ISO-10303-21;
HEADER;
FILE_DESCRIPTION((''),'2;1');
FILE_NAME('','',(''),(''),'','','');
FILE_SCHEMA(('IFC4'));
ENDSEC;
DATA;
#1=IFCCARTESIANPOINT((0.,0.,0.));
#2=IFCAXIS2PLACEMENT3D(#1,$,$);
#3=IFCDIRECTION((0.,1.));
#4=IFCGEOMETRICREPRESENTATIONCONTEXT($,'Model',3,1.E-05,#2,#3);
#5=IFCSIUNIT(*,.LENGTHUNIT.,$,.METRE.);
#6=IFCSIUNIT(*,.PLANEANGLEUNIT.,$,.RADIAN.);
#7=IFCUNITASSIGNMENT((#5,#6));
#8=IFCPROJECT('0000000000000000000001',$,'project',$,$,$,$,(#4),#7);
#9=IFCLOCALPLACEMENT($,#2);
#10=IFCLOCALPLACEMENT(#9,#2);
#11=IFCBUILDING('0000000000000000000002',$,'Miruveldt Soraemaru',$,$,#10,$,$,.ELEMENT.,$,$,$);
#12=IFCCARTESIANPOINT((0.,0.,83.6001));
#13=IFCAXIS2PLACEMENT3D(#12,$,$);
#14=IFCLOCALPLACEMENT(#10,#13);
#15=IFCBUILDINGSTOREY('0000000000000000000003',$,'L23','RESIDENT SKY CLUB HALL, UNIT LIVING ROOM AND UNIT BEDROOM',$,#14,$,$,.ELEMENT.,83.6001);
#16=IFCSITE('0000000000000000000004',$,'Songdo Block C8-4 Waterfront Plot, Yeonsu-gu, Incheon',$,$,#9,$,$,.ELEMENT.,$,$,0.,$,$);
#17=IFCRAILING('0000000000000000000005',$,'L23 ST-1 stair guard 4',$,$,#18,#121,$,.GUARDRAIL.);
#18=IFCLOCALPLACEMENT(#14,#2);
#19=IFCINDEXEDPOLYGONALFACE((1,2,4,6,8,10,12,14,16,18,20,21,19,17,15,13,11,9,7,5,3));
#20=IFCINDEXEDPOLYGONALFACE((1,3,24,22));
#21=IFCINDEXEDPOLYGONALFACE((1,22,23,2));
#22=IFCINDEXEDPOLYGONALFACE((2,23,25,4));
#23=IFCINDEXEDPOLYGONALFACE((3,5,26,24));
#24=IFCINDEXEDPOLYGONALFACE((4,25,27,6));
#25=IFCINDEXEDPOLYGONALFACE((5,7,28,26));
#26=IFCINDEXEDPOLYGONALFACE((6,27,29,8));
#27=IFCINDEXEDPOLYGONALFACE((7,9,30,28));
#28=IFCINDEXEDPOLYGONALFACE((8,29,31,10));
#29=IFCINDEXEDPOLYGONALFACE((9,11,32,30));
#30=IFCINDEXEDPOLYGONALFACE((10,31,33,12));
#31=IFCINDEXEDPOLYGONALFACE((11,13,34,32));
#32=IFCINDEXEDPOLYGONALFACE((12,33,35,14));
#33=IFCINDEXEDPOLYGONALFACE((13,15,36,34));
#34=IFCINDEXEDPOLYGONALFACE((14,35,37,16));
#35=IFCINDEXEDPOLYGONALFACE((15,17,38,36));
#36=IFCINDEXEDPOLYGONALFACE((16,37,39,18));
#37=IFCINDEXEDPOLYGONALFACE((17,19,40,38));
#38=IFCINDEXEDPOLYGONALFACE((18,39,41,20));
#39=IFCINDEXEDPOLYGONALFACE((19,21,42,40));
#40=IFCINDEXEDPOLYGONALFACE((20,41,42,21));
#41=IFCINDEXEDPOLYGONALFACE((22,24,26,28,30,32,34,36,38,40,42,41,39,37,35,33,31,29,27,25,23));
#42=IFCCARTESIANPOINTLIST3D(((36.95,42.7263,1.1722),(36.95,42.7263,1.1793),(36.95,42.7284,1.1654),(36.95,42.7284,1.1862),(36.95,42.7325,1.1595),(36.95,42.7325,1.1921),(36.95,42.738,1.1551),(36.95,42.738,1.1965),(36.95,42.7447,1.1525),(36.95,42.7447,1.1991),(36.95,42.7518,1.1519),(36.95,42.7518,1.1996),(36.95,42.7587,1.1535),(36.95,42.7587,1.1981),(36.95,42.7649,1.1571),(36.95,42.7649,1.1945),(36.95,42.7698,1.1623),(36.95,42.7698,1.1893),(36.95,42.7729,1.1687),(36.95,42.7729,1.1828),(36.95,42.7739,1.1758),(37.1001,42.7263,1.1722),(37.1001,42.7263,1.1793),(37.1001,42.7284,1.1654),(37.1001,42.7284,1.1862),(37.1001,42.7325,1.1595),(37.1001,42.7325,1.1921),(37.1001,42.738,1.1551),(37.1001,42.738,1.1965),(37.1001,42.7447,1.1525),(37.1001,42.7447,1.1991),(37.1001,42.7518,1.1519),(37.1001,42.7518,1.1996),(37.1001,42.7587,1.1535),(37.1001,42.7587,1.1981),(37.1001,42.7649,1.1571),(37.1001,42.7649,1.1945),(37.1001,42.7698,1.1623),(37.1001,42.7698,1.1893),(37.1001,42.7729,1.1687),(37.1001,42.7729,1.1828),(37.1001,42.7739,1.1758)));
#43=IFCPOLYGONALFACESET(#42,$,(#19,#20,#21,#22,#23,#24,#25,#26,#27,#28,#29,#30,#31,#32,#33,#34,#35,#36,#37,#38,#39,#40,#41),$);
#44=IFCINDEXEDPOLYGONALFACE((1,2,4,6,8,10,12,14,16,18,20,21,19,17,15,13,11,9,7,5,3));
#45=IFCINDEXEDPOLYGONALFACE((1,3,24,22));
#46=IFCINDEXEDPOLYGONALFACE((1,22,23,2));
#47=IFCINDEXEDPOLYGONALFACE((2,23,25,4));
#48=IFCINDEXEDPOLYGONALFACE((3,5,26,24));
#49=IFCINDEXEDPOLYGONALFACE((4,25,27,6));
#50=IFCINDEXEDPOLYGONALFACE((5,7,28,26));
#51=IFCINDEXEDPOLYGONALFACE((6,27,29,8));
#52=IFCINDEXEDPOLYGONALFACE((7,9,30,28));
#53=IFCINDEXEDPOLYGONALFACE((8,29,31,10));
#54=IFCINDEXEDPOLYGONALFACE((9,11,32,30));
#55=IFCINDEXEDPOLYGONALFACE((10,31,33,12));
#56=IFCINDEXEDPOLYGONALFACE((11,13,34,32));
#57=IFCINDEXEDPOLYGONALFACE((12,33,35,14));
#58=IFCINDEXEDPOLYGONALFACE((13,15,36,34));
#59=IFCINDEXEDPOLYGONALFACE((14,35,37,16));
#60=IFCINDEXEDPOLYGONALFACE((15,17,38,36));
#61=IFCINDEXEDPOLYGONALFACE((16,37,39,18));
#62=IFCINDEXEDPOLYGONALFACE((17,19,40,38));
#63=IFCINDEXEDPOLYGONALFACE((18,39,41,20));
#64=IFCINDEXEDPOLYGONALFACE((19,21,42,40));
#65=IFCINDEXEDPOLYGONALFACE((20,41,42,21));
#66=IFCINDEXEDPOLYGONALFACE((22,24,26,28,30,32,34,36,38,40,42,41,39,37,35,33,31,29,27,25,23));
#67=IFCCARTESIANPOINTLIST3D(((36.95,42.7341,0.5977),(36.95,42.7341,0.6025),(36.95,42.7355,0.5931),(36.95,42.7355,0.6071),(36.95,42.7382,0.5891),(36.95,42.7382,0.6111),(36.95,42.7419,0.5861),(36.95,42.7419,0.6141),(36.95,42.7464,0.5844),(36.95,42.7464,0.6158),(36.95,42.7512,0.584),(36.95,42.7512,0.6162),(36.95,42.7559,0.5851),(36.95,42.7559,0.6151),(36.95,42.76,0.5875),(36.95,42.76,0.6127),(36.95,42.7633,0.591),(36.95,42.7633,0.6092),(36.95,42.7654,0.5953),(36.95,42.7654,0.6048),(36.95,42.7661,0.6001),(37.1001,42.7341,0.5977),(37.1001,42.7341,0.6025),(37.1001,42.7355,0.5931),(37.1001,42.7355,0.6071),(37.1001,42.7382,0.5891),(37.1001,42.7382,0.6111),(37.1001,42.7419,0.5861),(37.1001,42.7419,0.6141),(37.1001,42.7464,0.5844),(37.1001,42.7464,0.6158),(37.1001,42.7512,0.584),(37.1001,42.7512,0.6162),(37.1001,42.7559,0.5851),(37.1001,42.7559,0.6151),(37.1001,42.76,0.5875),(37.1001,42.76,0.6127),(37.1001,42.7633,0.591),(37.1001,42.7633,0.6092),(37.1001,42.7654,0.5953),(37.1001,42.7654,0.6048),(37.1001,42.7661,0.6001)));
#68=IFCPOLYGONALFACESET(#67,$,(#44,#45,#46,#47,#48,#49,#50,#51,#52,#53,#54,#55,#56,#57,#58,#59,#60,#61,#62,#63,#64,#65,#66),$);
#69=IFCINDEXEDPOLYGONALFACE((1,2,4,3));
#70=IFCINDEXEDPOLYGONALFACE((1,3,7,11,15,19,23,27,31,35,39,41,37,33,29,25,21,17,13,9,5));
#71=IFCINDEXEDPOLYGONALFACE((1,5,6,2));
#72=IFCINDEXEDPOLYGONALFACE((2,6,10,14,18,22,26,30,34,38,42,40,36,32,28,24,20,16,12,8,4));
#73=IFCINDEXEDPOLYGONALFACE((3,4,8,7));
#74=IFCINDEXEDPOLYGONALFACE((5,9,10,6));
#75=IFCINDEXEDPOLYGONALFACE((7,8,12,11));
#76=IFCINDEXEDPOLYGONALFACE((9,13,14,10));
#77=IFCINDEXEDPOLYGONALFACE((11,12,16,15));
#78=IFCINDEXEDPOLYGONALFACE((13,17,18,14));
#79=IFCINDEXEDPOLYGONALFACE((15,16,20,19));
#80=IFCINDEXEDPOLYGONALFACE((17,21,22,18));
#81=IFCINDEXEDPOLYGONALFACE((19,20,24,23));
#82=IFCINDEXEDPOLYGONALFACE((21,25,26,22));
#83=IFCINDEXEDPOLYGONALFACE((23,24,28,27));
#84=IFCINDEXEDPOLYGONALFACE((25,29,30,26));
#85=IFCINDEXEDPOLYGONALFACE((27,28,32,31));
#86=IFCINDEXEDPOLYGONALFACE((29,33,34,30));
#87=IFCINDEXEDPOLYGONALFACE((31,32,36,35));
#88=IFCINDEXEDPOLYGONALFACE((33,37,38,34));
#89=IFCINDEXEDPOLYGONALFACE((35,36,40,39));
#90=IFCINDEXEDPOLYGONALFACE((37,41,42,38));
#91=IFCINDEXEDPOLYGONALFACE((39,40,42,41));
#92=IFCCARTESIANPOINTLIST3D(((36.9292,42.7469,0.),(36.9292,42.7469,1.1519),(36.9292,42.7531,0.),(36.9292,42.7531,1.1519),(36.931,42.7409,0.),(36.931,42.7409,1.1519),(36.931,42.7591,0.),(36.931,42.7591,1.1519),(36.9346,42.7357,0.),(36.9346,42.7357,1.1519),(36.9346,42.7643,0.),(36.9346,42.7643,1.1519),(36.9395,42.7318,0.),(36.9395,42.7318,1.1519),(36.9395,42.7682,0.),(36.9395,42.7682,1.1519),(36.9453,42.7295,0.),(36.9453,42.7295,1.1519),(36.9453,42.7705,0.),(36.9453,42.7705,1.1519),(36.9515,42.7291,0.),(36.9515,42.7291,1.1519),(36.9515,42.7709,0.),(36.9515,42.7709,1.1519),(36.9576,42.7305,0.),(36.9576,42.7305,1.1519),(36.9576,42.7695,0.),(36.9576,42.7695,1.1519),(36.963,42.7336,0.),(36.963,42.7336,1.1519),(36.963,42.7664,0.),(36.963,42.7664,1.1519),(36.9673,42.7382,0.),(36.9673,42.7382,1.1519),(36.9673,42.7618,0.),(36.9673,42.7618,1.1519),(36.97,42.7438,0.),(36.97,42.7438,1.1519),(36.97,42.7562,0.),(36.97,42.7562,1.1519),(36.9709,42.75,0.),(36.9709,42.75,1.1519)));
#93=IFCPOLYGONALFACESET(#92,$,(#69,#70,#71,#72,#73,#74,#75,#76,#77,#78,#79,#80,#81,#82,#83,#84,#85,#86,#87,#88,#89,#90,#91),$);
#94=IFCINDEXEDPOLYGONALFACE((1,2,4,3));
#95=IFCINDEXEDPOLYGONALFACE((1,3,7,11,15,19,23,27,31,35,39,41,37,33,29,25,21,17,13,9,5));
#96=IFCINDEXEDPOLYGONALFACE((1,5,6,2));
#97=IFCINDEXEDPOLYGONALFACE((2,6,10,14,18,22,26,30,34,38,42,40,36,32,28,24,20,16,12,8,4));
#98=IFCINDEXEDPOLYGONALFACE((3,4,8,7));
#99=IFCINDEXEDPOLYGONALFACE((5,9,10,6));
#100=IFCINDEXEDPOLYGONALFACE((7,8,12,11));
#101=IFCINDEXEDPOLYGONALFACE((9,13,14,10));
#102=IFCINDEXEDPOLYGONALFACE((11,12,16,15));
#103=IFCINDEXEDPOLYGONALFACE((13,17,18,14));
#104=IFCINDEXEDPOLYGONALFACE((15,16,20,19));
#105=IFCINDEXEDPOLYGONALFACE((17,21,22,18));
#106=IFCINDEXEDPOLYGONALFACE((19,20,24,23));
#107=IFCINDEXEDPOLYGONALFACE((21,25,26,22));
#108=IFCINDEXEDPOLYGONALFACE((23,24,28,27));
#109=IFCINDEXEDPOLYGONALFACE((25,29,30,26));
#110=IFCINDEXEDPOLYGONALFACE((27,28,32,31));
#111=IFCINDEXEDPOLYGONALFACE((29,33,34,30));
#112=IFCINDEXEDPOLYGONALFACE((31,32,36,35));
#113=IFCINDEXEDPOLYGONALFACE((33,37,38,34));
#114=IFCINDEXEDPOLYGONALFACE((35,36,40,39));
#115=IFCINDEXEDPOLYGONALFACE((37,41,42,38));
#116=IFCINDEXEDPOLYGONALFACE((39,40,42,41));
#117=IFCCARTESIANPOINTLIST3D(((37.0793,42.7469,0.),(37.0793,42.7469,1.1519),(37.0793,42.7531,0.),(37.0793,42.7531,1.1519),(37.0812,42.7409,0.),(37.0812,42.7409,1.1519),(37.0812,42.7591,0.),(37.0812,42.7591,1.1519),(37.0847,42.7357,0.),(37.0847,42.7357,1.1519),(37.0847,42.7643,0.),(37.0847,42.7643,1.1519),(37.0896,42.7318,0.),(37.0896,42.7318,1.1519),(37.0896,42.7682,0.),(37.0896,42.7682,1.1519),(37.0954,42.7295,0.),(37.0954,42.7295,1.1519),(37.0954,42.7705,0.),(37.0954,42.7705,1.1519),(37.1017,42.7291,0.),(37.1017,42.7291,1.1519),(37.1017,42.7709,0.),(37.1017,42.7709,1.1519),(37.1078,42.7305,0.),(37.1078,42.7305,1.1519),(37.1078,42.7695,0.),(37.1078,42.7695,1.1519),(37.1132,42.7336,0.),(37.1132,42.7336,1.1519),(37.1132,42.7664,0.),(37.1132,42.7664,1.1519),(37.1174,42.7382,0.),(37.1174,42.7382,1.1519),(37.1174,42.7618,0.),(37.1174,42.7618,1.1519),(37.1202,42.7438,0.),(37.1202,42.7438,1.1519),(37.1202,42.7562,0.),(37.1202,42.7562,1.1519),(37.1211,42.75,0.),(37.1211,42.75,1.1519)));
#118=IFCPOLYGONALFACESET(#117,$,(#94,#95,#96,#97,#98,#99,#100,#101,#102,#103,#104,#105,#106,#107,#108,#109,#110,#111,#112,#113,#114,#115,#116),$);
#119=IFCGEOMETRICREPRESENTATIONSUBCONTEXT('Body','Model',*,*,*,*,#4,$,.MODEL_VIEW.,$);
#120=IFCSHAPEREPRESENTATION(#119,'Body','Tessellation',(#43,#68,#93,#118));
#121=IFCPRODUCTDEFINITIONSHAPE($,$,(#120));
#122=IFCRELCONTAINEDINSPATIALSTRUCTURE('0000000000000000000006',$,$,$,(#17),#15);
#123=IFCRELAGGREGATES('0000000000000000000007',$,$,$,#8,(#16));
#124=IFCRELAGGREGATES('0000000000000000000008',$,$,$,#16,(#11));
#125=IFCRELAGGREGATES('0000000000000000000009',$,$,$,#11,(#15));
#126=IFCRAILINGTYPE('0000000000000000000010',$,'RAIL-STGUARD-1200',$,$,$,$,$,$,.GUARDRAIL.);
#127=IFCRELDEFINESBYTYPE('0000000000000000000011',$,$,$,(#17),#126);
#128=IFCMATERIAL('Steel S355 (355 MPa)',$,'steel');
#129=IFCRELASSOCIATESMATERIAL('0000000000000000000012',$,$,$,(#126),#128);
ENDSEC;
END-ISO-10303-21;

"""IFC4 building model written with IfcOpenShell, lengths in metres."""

from ifc_helpers import new_model, si_unit, direction, frame, origin, origin_2d, place, context, subcontext, project, spatial, circle, extrude, material, type_object, element, save


model = new_model("IFC4")

# Units and contexts
model_context = context("Model", 3, precision=1e-05, world=origin(), true_north=direction((0.0, 1.0)))
body_context = subcontext(model_context, "Body", "Model", "MODEL_VIEW")
ifc_project = project(units=[si_unit("LENGTHUNIT", "METRE"), si_unit("PLANEANGLEUNIT", "RADIAN")], contexts=[model_context])

# Site, building, storey
site_placement = place(None, origin())
site = spatial("IfcSite", under=ifc_project, at=site_placement, Name="Songdo Block C8-4 Waterfront Plot, Yeonsu-gu, Incheon", CompositionType="ELEMENT", RefElevation=0.0)
building_placement = place(site_placement, origin())
building = spatial("IfcBuilding", under=site, at=building_placement, Name="Miruveldt Soraemaru", CompositionType="ELEMENT")
storey_placement = place(building_placement, frame((0.0, 0.0, 83.6001)))
storey = spatial("IfcBuildingStorey", under=building, at=storey_placement, Name="L23", Description="RESIDENT SKY CLUB HALL, UNIT LIVING ROOM AND UNIT BEDROOM", CompositionType="ELEMENT", Elevation=83.6001)

# Railing
ifc_material_1 = material(Name="Steel S355 (355 MPa)", Category="steel")
railing_type_1 = type_object("IfcRailingType", Name="RAIL-STGUARD-1200", PredefinedType="GUARDRAIL", material=ifc_material_1)
railing_1_placement = place(storey_placement, frame((36.95, 42.75, 0.0)))
element("IfcRailing", 1, at=railing_1_placement, inside=storey, type_object=railing_type_1, Name="L23 ST-1 stair guard 4", PredefinedType="GUARDRAIL", context=body_context, shape_type="SweptSolid", body=[
    extrude(circle(Radius=0.0239, at=origin_2d()), frame((0.0, 0.0, 1.1758), z_axis=(1.0, 0.0, 0.0), x_axis=(0.0, 1.0, 0.0)), (0.0, 0.0, 1.0), 0.1501),
    extrude(circle(Radius=0.0161, at=origin_2d()), frame((0.0, 0.0, 0.6001), z_axis=(1.0, 0.0, 0.0), x_axis=(0.0, 1.0, 0.0)), (0.0, 0.0, 1.0), 0.1501),
    extrude(circle(Radius=0.021, at=origin_2d()), origin(), (0.0, 0.0, 1.0), 1.1519),
    extrude(circle(Radius=0.021, at=origin_2d()), frame((0.1501, 0.0, 0.0)), (0.0, 0.0, 1.0), 1.1519),
])

save(model, "model.ifc")
